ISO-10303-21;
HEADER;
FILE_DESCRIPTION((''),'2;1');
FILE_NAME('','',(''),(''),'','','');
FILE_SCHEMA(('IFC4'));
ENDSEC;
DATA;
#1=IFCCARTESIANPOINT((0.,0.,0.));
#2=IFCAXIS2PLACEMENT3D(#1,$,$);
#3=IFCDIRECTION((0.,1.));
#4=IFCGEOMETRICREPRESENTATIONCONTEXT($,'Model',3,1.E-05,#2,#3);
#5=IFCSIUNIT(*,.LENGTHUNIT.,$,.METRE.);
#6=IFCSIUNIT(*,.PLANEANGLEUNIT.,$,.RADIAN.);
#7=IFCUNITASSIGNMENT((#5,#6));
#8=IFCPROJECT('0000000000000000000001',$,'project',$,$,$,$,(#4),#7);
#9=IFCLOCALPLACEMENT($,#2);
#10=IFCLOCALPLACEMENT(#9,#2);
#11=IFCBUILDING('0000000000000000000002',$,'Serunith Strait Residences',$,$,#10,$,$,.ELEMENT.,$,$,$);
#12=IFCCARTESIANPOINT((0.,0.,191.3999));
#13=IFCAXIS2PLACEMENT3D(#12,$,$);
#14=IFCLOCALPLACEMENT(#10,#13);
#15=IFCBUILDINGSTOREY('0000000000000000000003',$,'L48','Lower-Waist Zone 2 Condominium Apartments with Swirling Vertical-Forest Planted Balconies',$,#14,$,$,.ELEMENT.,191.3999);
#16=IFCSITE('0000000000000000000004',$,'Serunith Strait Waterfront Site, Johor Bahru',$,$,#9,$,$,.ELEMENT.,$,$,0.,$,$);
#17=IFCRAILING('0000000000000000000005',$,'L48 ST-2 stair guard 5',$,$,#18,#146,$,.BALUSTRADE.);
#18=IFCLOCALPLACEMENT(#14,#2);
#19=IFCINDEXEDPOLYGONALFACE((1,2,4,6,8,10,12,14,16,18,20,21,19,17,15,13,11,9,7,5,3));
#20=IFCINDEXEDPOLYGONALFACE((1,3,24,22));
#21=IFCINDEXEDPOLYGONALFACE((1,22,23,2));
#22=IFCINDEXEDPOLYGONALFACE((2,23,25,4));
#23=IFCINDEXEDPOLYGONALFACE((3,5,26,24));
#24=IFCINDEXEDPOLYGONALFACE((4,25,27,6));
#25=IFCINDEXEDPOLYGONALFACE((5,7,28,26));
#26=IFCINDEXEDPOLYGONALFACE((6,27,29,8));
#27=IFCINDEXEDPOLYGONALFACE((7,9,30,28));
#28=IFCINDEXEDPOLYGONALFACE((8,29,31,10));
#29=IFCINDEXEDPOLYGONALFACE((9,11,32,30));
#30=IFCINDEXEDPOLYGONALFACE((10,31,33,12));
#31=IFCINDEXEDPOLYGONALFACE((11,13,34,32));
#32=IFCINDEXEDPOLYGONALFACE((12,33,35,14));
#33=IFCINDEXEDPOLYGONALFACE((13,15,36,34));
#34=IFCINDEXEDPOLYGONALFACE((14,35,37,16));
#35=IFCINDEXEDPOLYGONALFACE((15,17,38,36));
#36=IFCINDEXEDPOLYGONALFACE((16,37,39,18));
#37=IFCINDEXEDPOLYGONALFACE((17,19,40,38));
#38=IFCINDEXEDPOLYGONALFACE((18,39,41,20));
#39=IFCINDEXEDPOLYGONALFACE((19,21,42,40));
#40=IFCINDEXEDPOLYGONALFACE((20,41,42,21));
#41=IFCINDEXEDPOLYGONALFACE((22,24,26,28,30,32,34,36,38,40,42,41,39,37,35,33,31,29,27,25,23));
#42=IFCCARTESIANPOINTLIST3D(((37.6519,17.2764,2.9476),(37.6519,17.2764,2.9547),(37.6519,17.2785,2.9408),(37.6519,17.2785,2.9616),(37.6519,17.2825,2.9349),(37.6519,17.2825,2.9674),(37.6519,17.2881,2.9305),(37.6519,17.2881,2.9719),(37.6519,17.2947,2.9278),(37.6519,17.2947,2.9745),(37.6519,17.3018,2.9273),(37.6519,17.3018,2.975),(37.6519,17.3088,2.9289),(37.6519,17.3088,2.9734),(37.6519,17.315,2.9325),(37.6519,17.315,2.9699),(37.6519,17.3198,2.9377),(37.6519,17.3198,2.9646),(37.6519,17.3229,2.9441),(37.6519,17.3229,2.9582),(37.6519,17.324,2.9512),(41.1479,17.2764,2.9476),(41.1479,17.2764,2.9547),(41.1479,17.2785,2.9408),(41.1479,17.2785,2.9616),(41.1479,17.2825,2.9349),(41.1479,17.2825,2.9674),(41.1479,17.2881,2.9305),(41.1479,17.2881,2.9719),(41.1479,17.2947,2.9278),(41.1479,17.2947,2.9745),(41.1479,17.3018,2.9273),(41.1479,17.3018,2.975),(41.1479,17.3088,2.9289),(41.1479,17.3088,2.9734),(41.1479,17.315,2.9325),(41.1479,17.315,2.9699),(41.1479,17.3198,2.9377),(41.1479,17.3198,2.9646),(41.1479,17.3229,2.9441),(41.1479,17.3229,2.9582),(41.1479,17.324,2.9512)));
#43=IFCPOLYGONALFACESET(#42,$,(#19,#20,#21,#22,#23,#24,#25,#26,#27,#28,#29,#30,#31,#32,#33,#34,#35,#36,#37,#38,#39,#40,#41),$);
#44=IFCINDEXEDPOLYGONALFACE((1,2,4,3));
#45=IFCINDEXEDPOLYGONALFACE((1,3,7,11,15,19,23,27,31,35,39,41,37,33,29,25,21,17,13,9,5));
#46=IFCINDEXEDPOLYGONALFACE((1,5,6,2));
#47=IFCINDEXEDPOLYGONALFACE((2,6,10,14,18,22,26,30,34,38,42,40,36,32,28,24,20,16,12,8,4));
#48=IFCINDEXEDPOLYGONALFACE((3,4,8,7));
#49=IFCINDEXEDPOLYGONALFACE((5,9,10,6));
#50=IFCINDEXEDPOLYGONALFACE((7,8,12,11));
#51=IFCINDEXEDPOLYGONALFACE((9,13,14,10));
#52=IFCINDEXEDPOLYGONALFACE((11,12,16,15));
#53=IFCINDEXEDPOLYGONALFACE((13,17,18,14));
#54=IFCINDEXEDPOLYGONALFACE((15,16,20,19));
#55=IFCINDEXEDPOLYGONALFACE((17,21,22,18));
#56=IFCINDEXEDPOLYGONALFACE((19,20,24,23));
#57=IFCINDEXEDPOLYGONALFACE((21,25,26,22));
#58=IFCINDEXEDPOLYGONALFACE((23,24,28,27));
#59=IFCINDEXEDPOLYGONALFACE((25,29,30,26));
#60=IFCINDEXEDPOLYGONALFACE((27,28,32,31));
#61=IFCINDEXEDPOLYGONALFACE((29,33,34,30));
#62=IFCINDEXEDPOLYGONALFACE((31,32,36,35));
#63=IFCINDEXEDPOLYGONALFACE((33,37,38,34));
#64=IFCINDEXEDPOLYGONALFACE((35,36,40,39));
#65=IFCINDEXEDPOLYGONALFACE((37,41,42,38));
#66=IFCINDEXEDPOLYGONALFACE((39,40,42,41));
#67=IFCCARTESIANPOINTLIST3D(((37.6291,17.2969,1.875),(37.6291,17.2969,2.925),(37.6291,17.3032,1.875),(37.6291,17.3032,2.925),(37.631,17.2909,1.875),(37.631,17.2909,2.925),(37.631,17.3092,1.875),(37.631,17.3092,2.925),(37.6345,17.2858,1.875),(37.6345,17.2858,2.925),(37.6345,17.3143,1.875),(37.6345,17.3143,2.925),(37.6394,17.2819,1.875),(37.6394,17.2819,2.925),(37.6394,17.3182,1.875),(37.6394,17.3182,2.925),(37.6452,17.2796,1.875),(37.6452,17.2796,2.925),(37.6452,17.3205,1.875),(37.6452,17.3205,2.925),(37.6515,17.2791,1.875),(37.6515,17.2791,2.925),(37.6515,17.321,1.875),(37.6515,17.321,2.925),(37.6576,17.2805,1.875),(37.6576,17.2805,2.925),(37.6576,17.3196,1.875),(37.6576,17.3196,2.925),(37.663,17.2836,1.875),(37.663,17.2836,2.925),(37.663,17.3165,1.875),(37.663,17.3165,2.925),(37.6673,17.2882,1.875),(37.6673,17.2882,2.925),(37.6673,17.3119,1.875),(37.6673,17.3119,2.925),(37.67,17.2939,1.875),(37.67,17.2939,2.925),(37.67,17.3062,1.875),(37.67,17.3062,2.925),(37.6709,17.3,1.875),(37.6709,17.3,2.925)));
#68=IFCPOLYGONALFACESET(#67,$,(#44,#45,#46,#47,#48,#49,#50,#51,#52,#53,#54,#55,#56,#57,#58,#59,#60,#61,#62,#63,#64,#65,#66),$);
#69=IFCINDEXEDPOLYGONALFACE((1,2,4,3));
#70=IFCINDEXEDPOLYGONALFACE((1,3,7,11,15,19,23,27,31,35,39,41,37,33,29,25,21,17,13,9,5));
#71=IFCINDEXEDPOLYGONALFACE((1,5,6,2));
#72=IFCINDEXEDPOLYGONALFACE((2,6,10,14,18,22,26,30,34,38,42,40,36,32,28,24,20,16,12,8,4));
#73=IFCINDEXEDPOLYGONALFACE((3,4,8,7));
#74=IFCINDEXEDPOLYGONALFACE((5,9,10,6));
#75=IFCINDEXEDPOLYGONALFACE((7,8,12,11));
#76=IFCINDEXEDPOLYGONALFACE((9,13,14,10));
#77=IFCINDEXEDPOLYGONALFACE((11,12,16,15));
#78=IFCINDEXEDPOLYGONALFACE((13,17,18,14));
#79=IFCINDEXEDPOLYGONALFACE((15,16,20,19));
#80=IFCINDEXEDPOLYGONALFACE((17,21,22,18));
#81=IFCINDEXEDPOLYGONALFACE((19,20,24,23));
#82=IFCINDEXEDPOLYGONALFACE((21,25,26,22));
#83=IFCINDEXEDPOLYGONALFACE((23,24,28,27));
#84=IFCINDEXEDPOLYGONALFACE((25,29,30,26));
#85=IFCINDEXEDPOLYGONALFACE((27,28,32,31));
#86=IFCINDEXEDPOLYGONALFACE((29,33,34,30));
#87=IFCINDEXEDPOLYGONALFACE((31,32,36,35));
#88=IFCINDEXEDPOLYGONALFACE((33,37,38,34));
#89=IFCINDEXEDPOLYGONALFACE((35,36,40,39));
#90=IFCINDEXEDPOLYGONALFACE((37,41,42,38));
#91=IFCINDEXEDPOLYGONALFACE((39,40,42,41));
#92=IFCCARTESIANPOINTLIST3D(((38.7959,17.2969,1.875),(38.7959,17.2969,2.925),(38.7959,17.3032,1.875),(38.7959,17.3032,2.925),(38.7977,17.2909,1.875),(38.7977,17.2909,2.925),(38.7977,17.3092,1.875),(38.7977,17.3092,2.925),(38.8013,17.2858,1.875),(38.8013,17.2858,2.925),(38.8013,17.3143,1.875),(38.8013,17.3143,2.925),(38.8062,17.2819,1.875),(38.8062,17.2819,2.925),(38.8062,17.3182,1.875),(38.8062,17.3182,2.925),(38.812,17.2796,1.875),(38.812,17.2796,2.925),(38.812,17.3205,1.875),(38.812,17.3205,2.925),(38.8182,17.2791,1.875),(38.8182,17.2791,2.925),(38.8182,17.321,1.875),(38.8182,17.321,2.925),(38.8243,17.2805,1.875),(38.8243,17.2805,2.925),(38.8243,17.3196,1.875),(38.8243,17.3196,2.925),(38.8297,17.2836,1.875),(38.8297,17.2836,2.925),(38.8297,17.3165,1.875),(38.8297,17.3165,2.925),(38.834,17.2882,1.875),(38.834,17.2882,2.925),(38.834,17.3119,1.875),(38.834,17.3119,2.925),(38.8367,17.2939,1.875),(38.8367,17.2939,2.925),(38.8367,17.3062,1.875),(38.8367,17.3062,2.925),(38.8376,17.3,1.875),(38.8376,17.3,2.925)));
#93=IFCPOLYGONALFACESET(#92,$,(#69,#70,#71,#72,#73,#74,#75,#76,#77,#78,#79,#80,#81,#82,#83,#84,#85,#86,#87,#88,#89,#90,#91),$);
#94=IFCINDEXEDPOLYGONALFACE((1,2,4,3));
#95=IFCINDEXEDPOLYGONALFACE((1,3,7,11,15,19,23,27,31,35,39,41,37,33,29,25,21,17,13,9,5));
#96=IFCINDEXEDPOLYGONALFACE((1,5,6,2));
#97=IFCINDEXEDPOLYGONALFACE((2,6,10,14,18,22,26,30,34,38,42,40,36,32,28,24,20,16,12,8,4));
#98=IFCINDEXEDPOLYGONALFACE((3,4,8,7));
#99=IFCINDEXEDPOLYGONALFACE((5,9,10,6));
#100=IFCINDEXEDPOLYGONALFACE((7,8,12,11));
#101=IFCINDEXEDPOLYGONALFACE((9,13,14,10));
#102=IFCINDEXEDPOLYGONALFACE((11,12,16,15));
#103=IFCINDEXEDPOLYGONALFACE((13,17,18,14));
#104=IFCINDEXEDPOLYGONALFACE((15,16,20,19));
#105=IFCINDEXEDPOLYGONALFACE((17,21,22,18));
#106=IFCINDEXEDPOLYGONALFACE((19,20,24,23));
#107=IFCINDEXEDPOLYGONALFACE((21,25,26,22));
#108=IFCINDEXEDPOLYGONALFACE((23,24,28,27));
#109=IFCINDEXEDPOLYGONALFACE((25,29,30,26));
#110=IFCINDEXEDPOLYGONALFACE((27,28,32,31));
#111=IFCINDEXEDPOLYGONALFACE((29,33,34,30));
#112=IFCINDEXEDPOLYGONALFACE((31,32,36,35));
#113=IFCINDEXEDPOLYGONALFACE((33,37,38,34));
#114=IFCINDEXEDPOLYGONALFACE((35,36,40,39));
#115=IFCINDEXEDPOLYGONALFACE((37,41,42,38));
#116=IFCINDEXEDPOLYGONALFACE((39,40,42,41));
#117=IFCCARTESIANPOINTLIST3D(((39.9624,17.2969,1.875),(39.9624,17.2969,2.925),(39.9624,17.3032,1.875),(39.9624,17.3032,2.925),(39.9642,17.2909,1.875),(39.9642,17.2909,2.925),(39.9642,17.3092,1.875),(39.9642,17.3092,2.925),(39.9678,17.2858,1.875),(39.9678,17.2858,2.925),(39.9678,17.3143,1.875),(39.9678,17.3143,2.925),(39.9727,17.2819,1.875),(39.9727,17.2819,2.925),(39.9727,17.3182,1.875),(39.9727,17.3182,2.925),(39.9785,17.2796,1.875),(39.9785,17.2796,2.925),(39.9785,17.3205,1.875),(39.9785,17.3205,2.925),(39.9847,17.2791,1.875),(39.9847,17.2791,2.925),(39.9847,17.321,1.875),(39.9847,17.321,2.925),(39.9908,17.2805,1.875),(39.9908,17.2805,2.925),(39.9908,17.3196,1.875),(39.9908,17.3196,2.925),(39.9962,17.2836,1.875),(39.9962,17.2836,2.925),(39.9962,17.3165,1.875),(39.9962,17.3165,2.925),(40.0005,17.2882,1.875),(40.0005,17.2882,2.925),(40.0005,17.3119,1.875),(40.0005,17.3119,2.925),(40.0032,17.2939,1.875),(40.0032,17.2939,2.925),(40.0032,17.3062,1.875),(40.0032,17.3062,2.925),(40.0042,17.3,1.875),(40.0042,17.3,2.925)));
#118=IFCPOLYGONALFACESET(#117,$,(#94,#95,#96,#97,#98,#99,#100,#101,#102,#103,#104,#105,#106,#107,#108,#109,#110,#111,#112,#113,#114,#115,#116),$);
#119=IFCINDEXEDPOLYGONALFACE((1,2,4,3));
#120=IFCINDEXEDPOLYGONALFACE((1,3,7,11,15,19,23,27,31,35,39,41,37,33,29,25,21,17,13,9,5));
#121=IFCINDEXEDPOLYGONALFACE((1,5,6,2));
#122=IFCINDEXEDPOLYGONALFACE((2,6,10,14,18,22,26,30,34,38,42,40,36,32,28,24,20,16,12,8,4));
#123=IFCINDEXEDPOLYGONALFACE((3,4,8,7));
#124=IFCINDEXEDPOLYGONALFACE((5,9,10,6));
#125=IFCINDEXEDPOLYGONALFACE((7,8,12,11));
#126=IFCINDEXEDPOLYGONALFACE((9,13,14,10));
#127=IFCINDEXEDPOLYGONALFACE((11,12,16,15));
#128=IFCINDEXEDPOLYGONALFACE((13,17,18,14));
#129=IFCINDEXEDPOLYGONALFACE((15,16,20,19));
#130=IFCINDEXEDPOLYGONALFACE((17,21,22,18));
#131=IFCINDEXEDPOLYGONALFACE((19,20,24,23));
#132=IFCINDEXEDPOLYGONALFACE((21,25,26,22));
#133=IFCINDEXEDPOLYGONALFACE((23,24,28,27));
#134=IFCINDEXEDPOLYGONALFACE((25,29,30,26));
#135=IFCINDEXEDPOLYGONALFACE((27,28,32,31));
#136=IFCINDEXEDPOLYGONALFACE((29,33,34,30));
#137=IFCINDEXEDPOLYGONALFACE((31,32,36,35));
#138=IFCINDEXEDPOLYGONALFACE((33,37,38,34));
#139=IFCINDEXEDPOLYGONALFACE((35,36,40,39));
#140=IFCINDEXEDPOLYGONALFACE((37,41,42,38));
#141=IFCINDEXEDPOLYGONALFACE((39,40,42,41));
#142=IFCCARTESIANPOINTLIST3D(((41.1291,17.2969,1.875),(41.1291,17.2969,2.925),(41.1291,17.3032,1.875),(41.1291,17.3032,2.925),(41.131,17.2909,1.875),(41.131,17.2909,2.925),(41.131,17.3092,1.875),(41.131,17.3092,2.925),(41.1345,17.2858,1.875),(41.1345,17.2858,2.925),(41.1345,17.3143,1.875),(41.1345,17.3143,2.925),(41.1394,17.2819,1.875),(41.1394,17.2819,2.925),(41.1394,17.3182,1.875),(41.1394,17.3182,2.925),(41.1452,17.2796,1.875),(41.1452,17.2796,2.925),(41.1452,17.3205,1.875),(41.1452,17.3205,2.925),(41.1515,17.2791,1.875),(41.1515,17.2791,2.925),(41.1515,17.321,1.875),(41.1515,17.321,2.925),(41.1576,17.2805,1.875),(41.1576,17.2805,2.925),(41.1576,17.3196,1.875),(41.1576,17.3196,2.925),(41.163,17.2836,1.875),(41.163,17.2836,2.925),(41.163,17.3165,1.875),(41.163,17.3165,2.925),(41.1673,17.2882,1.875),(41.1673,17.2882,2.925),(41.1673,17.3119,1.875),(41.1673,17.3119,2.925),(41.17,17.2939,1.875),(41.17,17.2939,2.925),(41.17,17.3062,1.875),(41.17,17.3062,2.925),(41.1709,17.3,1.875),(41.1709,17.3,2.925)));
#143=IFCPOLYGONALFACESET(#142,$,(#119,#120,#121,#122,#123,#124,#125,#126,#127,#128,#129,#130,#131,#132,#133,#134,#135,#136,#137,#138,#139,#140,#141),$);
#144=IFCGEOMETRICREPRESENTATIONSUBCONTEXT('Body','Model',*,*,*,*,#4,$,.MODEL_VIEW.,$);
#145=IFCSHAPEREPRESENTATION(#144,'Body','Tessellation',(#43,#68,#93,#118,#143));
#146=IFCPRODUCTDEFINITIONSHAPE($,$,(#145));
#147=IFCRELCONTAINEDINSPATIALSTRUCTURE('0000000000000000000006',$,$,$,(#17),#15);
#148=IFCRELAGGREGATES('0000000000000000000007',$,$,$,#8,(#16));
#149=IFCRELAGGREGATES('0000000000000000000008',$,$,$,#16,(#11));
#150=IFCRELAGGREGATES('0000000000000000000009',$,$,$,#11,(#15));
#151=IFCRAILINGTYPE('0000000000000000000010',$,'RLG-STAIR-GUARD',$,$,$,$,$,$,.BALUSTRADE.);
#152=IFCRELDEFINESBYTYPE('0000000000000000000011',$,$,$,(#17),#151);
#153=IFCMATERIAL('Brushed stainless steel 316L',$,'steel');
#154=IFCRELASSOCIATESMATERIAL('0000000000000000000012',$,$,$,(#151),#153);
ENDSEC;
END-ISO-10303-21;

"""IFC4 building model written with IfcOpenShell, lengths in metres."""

from ifc_helpers import new_model, si_unit, direction, frame, origin, origin_2d, place, context, subcontext, project, spatial, circle, extrude, material, type_object, element, save


model = new_model("IFC4")

# Units and contexts
model_context = context("Model", 3, precision=1e-05, world=origin(), true_north=direction((0.0, 1.0)))
body_context = subcontext(model_context, "Body", "Model", "MODEL_VIEW")
ifc_project = project(units=[si_unit("LENGTHUNIT", "METRE"), si_unit("PLANEANGLEUNIT", "RADIAN")], contexts=[model_context])

# Site, building, storey
site_placement = place(None, origin())
site = spatial("IfcSite", under=ifc_project, at=site_placement, Name="Serunith Strait Waterfront Site, Johor Bahru", CompositionType="ELEMENT", RefElevation=0.0)
building_placement = place(site_placement, origin())
building = spatial("IfcBuilding", under=site, at=building_placement, Name="Serunith Strait Residences", CompositionType="ELEMENT")
storey_placement = place(building_placement, frame((0.0, 0.0, 191.3999)))
storey = spatial("IfcBuildingStorey", under=building, at=storey_placement, Name="L48", Description="Lower-Waist Zone 2 Condominium Apartments with Swirling Vertical-Forest Planted Balconies", CompositionType="ELEMENT", Elevation=191.3999)

# Railing
ifc_material_1 = material(Name="Brushed stainless steel 316L", Category="steel")
railing_type_1 = type_object("IfcRailingType", Name="RLG-STAIR-GUARD", PredefinedType="BALUSTRADE", material=ifc_material_1)
railing_1_placement = place(storey_placement, frame((37.6499, 17.3, 1.875)))
element("IfcRailing", 1, at=railing_1_placement, inside=storey, type_object=railing_type_1, Name="L48 ST-2 stair guard 5", PredefinedType="BALUSTRADE", context=body_context, shape_type="SweptSolid", body=[
    extrude(circle(Radius=0.0239, at=origin_2d()), frame((0.002, 0.0, 1.0762), z_axis=(1.0, 0.0, 0.0), x_axis=(0.0, 1.0, 0.0)), (0.0, 0.0, 1.0), 3.4961),
    extrude(circle(Radius=0.021, at=origin_2d()), origin(), (0.0, 0.0, 1.0), 1.05),
    extrude(circle(Radius=0.021, at=origin_2d()), frame((1.1667, 0.0, 0.0)), (0.0, 0.0, 1.0), 1.05),
    extrude(circle(Radius=0.021, at=origin_2d()), frame((2.3333, 0.0, 0.0)), (0.0, 0.0, 1.0), 1.05),
    extrude(circle(Radius=0.021, at=origin_2d()), frame((3.5, 0.0, 0.0)), (0.0, 0.0, 1.0), 1.05),
])

save(model, "model.ifc")
